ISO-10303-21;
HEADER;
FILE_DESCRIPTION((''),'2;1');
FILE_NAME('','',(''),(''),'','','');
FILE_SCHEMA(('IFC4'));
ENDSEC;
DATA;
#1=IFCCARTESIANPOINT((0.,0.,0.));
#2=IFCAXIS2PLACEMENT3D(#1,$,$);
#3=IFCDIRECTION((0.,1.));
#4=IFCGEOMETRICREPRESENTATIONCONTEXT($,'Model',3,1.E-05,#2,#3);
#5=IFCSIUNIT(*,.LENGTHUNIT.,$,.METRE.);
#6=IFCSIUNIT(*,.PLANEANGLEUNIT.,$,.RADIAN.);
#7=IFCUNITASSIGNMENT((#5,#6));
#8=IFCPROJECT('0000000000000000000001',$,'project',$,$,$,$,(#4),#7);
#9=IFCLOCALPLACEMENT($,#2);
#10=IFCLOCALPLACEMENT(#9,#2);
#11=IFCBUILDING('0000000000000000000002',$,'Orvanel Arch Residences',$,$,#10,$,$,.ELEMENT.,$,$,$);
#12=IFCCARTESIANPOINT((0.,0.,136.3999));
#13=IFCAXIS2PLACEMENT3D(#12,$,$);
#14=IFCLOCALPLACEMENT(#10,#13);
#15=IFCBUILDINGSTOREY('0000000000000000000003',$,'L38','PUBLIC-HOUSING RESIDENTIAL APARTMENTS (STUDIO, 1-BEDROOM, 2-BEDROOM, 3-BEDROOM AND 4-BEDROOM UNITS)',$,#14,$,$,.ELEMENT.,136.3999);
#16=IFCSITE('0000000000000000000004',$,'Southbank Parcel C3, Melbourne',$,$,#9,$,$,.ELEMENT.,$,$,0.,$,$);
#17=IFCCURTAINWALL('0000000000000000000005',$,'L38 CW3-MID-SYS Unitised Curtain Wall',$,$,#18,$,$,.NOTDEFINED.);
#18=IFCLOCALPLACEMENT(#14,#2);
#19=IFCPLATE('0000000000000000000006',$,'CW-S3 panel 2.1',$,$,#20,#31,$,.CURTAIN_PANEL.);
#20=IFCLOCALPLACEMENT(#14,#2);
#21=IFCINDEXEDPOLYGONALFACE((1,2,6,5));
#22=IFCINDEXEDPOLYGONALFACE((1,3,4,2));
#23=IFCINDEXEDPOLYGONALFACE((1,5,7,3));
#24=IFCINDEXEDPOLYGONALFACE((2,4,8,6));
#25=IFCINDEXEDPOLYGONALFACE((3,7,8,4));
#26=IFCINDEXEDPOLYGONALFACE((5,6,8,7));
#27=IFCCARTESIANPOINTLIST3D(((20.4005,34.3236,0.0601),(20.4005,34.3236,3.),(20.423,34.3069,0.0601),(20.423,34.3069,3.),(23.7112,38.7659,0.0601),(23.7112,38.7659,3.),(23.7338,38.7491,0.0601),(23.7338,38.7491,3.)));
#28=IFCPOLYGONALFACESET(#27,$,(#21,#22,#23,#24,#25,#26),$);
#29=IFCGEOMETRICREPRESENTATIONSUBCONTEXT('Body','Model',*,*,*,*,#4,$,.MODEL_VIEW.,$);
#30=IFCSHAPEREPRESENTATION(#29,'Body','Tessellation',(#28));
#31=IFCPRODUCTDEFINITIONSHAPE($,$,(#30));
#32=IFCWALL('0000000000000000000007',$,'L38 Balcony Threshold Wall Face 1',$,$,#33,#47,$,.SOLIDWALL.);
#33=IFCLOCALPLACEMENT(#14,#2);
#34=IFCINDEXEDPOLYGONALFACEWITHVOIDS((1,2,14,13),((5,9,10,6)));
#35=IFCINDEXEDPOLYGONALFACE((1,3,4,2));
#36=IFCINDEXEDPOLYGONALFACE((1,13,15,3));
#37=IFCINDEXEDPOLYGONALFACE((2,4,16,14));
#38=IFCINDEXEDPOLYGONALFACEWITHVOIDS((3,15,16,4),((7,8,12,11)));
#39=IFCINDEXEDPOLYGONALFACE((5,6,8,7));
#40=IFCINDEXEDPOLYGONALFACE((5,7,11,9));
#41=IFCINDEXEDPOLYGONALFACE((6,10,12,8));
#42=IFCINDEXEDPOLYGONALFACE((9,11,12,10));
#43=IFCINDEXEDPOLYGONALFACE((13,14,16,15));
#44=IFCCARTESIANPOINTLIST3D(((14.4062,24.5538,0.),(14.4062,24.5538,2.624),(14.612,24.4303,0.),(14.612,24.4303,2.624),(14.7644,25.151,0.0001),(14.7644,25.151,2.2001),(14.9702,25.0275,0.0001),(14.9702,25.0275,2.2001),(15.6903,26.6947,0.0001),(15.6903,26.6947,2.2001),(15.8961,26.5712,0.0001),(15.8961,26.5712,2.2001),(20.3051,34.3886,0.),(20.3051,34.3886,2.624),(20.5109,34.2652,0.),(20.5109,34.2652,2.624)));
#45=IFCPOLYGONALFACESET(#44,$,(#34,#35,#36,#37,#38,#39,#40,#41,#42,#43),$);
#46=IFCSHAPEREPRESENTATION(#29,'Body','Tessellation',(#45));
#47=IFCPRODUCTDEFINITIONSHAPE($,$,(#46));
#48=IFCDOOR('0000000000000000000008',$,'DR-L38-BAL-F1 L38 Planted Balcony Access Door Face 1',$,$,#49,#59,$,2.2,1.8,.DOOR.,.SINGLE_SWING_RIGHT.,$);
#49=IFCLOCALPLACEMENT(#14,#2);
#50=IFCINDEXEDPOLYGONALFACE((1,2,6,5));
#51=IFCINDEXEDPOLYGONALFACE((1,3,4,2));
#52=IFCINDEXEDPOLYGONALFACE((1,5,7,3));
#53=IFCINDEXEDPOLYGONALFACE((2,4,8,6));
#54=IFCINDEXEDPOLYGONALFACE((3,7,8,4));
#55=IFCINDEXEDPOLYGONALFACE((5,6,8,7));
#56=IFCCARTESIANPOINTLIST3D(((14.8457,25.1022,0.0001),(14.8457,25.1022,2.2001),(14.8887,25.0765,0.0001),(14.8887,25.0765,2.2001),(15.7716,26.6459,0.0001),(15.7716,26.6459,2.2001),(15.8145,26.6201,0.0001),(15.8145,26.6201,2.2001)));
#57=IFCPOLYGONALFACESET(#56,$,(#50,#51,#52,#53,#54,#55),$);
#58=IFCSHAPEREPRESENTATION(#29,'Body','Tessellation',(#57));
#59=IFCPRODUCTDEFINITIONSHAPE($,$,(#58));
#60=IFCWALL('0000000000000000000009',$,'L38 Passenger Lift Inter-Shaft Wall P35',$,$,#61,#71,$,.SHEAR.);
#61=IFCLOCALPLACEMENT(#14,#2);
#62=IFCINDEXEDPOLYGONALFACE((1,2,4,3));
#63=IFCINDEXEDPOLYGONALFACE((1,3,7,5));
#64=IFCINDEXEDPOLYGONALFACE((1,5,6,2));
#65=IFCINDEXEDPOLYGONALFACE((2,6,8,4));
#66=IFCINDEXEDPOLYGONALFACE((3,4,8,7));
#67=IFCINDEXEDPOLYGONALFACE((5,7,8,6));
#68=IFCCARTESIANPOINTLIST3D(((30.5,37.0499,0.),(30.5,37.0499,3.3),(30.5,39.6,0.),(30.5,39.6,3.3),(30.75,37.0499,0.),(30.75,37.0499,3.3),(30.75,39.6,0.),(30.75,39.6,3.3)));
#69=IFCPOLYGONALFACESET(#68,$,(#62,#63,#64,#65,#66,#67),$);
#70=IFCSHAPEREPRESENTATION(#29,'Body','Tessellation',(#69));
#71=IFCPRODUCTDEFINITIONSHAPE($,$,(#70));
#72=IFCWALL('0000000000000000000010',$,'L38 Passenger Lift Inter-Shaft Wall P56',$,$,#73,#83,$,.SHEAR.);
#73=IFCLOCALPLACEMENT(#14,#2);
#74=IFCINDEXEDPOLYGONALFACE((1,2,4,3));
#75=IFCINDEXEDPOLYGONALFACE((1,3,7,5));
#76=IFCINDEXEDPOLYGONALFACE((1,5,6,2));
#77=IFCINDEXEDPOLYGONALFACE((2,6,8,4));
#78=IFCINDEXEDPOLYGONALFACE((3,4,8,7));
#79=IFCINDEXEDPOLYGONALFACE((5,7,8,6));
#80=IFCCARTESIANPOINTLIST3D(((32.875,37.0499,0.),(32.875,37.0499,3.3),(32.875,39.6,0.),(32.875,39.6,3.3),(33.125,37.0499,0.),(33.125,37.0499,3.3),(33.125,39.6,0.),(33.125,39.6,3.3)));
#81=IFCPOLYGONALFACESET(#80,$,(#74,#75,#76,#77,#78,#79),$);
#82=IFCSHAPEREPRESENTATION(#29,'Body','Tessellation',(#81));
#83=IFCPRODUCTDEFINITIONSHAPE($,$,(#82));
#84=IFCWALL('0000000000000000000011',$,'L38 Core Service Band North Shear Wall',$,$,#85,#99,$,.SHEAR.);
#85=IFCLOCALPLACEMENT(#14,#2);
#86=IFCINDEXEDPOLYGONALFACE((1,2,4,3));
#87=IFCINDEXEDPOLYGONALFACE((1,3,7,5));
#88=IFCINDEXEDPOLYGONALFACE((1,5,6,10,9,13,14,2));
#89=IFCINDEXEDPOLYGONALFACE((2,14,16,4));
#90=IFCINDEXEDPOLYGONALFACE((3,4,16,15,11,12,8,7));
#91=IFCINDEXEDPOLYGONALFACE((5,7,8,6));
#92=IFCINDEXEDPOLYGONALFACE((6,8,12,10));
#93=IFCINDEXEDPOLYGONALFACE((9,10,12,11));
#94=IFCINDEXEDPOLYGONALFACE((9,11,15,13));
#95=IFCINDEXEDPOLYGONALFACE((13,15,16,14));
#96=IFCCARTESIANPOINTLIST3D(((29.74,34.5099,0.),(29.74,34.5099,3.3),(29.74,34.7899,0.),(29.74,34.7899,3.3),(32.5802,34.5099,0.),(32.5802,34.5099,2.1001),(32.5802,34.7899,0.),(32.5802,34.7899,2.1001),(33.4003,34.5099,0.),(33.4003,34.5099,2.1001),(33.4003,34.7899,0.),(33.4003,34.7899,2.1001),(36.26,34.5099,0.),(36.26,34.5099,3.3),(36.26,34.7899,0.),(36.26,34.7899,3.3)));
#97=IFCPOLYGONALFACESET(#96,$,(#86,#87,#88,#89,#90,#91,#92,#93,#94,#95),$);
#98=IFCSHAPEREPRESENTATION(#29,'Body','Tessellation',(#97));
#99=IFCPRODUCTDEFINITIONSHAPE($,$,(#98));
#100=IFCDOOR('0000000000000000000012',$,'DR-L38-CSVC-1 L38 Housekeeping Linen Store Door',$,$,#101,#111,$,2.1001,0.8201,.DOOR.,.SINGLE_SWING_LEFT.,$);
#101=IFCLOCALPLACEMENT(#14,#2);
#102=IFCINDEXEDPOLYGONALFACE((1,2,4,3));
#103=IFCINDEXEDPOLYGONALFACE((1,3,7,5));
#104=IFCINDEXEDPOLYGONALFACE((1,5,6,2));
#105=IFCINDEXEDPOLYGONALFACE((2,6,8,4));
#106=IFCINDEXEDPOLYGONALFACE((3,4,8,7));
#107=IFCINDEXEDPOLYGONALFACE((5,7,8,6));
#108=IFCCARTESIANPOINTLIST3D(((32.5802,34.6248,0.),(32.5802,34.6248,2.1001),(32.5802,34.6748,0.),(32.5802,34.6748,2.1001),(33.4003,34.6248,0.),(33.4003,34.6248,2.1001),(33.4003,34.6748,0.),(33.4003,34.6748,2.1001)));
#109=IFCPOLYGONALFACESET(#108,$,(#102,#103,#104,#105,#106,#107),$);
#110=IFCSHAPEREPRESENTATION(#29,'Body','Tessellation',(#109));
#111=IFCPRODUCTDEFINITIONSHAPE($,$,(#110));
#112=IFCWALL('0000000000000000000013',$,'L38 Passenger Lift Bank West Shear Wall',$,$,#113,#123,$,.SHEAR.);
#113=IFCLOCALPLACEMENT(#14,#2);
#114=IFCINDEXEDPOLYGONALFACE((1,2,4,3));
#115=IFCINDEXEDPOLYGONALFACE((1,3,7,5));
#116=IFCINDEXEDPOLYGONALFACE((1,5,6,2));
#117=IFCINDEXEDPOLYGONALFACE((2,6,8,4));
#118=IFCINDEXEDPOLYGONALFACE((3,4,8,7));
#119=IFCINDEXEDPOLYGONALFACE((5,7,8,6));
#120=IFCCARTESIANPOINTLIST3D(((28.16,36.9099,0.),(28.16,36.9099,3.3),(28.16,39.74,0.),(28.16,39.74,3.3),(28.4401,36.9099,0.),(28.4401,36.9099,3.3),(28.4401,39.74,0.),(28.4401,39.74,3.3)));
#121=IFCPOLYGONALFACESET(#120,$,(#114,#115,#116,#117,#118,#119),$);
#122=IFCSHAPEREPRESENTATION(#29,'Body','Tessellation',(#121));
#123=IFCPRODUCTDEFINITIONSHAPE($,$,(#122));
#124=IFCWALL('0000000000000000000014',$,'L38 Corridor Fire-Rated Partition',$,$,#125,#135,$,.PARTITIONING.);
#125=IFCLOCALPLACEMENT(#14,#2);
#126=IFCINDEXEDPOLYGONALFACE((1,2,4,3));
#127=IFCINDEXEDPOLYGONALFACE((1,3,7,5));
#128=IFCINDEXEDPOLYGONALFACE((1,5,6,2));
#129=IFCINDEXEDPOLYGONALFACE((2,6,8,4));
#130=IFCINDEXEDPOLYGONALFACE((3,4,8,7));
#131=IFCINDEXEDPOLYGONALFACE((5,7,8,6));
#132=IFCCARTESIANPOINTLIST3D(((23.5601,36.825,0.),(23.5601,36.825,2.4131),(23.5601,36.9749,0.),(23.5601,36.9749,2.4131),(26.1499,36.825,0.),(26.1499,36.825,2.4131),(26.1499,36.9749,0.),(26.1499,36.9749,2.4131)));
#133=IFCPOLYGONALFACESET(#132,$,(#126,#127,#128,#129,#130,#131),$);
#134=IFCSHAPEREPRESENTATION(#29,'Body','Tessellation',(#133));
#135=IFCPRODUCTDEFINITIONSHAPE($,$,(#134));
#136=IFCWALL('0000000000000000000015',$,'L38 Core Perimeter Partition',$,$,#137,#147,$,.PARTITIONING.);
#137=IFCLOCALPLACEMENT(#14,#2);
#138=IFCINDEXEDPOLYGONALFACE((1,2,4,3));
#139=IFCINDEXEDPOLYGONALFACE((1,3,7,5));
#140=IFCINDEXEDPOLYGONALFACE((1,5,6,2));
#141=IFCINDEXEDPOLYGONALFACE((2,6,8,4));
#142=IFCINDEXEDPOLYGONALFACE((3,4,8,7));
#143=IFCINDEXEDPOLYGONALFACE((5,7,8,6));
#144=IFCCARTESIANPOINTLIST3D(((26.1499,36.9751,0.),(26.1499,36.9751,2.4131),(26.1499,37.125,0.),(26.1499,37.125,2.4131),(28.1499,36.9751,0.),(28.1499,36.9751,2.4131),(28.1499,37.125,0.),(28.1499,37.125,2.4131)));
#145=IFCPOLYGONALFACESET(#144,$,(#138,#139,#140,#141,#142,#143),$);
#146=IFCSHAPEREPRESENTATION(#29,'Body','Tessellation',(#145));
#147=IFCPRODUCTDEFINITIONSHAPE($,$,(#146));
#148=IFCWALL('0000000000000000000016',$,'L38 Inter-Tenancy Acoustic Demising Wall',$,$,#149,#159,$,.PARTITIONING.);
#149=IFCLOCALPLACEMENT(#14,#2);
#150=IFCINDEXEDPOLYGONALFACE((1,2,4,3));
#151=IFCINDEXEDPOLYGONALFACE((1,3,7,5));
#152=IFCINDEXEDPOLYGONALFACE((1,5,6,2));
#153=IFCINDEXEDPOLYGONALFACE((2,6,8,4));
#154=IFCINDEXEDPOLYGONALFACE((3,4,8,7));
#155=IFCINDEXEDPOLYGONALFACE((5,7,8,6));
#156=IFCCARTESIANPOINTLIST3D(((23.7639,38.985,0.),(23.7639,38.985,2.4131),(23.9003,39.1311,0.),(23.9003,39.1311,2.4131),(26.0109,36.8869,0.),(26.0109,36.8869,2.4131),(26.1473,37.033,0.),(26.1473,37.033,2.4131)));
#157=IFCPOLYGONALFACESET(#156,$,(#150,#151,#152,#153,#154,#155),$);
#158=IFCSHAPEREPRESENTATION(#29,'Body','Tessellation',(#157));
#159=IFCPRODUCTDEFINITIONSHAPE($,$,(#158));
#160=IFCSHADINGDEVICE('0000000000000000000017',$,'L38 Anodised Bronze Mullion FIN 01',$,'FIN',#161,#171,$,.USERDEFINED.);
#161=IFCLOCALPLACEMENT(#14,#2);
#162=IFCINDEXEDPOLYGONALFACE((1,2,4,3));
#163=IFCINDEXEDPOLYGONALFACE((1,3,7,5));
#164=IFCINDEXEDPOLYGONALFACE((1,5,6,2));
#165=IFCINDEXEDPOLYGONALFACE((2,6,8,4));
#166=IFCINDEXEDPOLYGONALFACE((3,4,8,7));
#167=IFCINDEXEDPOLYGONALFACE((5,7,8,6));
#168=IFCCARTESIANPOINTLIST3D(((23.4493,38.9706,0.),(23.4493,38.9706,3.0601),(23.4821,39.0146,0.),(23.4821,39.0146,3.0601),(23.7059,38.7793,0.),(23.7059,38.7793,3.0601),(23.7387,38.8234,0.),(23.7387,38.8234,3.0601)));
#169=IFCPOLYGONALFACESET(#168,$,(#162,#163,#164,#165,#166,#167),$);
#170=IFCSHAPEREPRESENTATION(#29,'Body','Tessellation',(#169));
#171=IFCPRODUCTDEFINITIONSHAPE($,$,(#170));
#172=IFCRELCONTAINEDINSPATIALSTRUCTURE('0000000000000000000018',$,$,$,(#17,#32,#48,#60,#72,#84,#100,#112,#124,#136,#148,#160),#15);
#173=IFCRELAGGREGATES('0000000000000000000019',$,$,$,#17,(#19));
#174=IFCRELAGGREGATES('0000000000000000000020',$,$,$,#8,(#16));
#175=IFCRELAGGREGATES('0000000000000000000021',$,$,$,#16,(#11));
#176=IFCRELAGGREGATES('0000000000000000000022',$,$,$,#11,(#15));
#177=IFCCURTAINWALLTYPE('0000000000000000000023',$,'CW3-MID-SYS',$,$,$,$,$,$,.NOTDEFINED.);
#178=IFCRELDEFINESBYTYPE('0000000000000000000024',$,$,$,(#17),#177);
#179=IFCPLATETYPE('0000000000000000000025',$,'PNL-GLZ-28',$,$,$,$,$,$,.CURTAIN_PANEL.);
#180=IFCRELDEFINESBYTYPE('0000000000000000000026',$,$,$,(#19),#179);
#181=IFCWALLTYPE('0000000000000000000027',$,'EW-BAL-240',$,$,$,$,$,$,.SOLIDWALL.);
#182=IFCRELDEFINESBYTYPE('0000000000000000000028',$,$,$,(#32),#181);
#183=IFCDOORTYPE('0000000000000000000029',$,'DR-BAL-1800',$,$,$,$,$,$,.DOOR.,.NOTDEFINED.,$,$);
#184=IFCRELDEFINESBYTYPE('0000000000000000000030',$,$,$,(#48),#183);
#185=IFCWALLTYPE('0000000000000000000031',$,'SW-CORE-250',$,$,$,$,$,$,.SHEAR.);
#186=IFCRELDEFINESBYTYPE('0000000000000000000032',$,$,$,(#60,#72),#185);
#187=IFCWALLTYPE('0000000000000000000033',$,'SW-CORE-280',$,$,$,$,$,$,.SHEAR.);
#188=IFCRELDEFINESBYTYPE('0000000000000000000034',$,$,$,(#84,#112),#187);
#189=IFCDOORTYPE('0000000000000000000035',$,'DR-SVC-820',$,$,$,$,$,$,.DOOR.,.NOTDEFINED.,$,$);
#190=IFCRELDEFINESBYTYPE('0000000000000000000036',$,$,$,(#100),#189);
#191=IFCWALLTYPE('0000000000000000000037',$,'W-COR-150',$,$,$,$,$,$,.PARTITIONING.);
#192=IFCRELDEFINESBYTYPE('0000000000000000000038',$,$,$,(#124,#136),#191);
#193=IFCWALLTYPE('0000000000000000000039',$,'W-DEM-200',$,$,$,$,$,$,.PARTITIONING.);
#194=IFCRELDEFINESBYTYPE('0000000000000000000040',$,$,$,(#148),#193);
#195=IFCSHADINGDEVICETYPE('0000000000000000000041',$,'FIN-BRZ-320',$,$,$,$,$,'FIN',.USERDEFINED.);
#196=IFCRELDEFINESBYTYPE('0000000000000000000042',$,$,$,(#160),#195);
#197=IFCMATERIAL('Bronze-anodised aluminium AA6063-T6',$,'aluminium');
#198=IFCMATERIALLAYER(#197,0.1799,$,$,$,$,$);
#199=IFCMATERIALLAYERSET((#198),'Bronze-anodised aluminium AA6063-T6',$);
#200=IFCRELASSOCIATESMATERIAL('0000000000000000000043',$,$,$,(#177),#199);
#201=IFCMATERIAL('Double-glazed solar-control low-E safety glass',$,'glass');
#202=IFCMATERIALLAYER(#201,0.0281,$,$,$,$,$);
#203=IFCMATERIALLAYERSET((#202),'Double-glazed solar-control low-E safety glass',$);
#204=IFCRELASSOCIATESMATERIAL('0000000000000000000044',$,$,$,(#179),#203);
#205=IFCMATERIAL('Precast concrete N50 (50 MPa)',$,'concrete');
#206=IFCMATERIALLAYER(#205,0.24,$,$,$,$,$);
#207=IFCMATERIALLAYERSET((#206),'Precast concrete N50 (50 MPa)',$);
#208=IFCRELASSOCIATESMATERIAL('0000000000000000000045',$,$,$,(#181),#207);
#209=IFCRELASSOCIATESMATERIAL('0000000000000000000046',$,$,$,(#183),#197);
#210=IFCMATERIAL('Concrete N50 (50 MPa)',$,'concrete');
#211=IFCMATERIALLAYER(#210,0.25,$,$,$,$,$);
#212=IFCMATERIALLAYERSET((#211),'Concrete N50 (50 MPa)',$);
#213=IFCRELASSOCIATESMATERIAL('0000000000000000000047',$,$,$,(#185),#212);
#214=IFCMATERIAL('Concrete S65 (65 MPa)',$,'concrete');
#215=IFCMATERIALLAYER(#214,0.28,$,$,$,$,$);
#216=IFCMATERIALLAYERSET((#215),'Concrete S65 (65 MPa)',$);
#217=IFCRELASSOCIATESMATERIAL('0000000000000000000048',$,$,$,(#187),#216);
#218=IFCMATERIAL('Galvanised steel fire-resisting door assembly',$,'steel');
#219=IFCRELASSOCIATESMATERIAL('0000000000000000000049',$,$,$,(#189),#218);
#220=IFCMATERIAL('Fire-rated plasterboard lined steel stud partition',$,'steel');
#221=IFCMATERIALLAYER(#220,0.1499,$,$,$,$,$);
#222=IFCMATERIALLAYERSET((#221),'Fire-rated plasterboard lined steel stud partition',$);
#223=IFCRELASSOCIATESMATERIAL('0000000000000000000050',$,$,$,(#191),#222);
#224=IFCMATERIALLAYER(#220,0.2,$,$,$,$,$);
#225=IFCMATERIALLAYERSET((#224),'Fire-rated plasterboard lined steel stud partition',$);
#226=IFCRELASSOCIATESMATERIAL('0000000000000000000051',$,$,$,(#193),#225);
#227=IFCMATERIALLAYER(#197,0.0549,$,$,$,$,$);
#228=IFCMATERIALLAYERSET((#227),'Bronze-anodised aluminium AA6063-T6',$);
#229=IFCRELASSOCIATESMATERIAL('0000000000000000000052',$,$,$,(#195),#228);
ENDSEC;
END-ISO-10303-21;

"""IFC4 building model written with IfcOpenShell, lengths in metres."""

from ifc_helpers import new_model, si_unit, direction, frame, frame_2d, origin, origin_2d, place, context, subcontext, project, spatial, rectangle, extrude, material, layer, layer_set, type_object, element, fill, aggregate, save


model = new_model("IFC4")

# Units and contexts
model_context = context("Model", 3, precision=1e-05, world=origin(), true_north=direction((0.0, 1.0)))
body_context = subcontext(model_context, "Body", "Model", "MODEL_VIEW")
ifc_project = project(units=[si_unit("LENGTHUNIT", "METRE"), si_unit("PLANEANGLEUNIT", "RADIAN")], contexts=[model_context])

# Site, building, storey
site_placement = place(None, origin())
site = spatial("IfcSite", under=ifc_project, at=site_placement, Name="Southbank Parcel C3, Melbourne", CompositionType="ELEMENT", RefElevation=0.0)
building_placement = place(site_placement, origin())
building = spatial("IfcBuilding", under=site, at=building_placement, Name="Orvanel Arch Residences", CompositionType="ELEMENT")
storey_placement = place(building_placement, frame((0.0, 0.0, 136.3999)))
storey = spatial("IfcBuildingStorey", under=building, at=storey_placement, Name="L38", Description="PUBLIC-HOUSING RESIDENTIAL APARTMENTS (STUDIO, 1-BEDROOM, 2-BEDROOM, 3-BEDROOM AND 4-BEDROOM UNITS)", CompositionType="ELEMENT", Elevation=136.3999)

# Shared definitions
ifc_material_1 = material(Name="Concrete S65 (65 MPa)", Category="concrete")

# Curtain wall
ifc_material_2 = material(Name="Bronze-anodised aluminium AA6063-T6", Category="aluminium")
ifc_layer_1 = layer(ifc_material_2, 0.1799)
ifc_layer_set_1 = layer_set([ifc_layer_1], Name="Bronze-anodised aluminium AA6063-T6")
curtain_wall_type = type_object("IfcCurtainWallType", Name="CW3-MID-SYS", PredefinedType="NOTDEFINED", material=ifc_layer_set_1)
curtain_wall_placement = place(storey_placement, origin())
curtain_wall = element("IfcCurtainWall", 1, at=curtain_wall_placement, inside=storey, type_object=curtain_wall_type, Name="L38 CW3-MID-SYS Unitised Curtain Wall", PredefinedType="NOTDEFINED")

# Plate
ifc_material_3 = material(Name="Double-glazed solar-control low-E safety glass", Category="glass")
ifc_layer_2 = layer(ifc_material_3, 0.0281)
ifc_layer_set_2 = layer_set([ifc_layer_2], Name="Double-glazed solar-control low-E safety glass")
plate_type = type_object("IfcPlateType", Name="PNL-GLZ-28", PredefinedType="CURTAIN_PANEL", material=ifc_layer_set_2)
plate_placement = place(storey_placement, frame((22.0671, 36.5364, 0.0601), z_axis=(0.0, 0.0, 1.0), x_axis=(-0.597574, -0.801814, 0.0)))
plate = element("IfcPlate", 2, at=plate_placement, type_object=plate_type, Name="CW-S3 panel 2.1", PredefinedType="CURTAIN_PANEL", context=body_context, shape_type="SweptSolid", body=[
    extrude(rectangle(XDim=5.5403, YDim=0.0281, at=origin_2d()), origin(), (0.0, 0.0, 1.0), 2.9399),
])
aggregate(curtain_wall, [plate])

# Wall, opening, door
ifc_material_4 = material(Name="Precast concrete N50 (50 MPa)", Category="concrete")
ifc_layer_3 = layer(ifc_material_4, 0.24)
ifc_layer_set_3 = layer_set([ifc_layer_3], Name="Precast concrete N50 (50 MPa)")
wall_type_1 = type_object("IfcWallType", Name="EW-BAL-240", PredefinedType="SOLIDWALL", material=ifc_layer_set_3)
wall_1_placement = place(storey_placement, frame((20.408, 34.3269, 0.0), z_axis=(0.0, 0.0, 1.0), x_axis=(-0.514364, -0.857572, 0.0)))
wall_1 = element("IfcWall", 3, at=wall_1_placement, inside=storey, type_object=wall_type_1, Name="L38 Balcony Threshold Wall Face 1", PredefinedType="SOLIDWALL", context=body_context, shape_type="SweptSolid", body=[
    extrude(rectangle(XDim=11.4683, YDim=0.24, at=frame_2d((5.7341, 0.0))), origin(), (0.0, 0.0, 1.0), 2.624),
])
opening_1_placement = place(wall_1_placement, frame((8.9719, 0.0, 0.0)))
opening_1 = element("IfcOpeningElement", 4, at=opening_1_placement, cuts=wall_1, PredefinedType="OPENING", context=body_context, shape_type="SweptSolid", body=[
    extrude(rectangle(XDim=1.8, YDim=2.2, at=frame_2d((0.8999, 1.1001))), frame((0.0, 0.1299, 0.0), z_axis=(0.0, -1.0, 0.0), x_axis=(1.0, 0.0, 0.0)), (0.0, 0.0, 1.0), 0.26),
])
door_type_1 = type_object("IfcDoorType", Name="DR-BAL-1800", OperationType="NOTDEFINED", PredefinedType="DOOR", material=ifc_material_2)
door_1_placement = place(opening_1_placement, origin())
door_1 = element("IfcDoor", 5, at=door_1_placement, inside=storey, type_object=door_type_1, Name="DR-L38-BAL-F1 L38 Planted Balcony Access Door Face 1", OperationType="SINGLE_SWING_RIGHT", OverallHeight=2.2, OverallWidth=1.8, PredefinedType="DOOR", context=body_context, shape_type="SweptSolid", body=[
    extrude(rectangle(XDim=1.8, YDim=2.2, at=frame_2d((0.8999, 1.1001))), frame((0.0, 0.0249, 0.0), z_axis=(0.0, -1.0, 0.0), x_axis=(1.0, 0.0, 0.0)), (0.0, 0.0, 1.0), 0.05),
])
fill(opening_1, door_1)

# Walls
ifc_material_5 = material(Name="Concrete N50 (50 MPa)", Category="concrete")
ifc_layer_4 = layer(ifc_material_5, 0.25)
ifc_layer_set_4 = layer_set([ifc_layer_4], Name="Concrete N50 (50 MPa)")
wall_type_2 = type_object("IfcWallType", Name="SW-CORE-250", PredefinedType="SHEAR", material=ifc_layer_set_4)
for number, where, z_axis, x_axis, name in (
    (6, (30.625, 37.05, 0.0), (0.0, 0.0, 1.0), (0.0, 1.0, 0.0), "L38 Passenger Lift Inter-Shaft Wall P35"),
    (7, (33.0, 37.05, 0.0), (0.0, 0.0, 1.0), (0.0, 1.0, 0.0), "L38 Passenger Lift Inter-Shaft Wall P56"),
):
    element("IfcWall", number, at=place(storey_placement, frame(where, z_axis=z_axis, x_axis=x_axis)), inside=storey, type_object=wall_type_2, Name=name, PredefinedType="SHEAR", context=body_context, shape_type="SweptSolid", body=[
        extrude(rectangle(XDim=2.55, YDim=0.25, at=frame_2d((1.2749, 0.0))), origin(), (0.0, 0.0, 1.0), 3.3),
    ])

# Wall, opening, door
ifc_layer_5 = layer(ifc_material_1, 0.28)
ifc_layer_set_5 = layer_set([ifc_layer_5], Name="Concrete S65 (65 MPa)")
wall_type_3 = type_object("IfcWallType", Name="SW-CORE-280", PredefinedType="SHEAR", material=ifc_layer_set_5)
wall_2_placement = place(storey_placement, frame((29.74, 34.6499, 0.0), z_axis=(0.0, 0.0, 1.0), x_axis=(1.0, 0.0, 0.0)))
wall_2 = element("IfcWall", 8, at=wall_2_placement, inside=storey, type_object=wall_type_3, Name="L38 Core Service Band North Shear Wall", PredefinedType="SHEAR", context=body_context, shape_type="SweptSolid", body=[
    extrude(rectangle(XDim=6.52, YDim=0.28, at=frame_2d((3.26, 0.0))), origin(), (0.0, 0.0, 1.0), 3.3),
])
opening_2_placement = place(wall_2_placement, frame((2.8401, 0.0, 0.0)))
opening_2 = element("IfcOpeningElement", 9, at=opening_2_placement, cuts=wall_2, PredefinedType="OPENING", context=body_context, shape_type="SweptSolid", body=[
    extrude(rectangle(XDim=0.8201, YDim=2.1001, at=frame_2d((0.4102, 1.05))), frame((0.0, 0.1499, 0.0), z_axis=(0.0, -1.0, 0.0), x_axis=(1.0, 0.0, 0.0)), (0.0, 0.0, 1.0), 0.3),
])
ifc_material_6 = material(Name="Galvanised steel fire-resisting door assembly", Category="steel")
door_type_2 = type_object("IfcDoorType", Name="DR-SVC-820", OperationType="NOTDEFINED", PredefinedType="DOOR", material=ifc_material_6)
door_2_placement = place(opening_2_placement, origin())
door_2 = element("IfcDoor", 10, at=door_2_placement, inside=storey, type_object=door_type_2, Name="DR-L38-CSVC-1 L38 Housekeeping Linen Store Door", OperationType="SINGLE_SWING_LEFT", OverallHeight=2.1001, OverallWidth=0.8201, PredefinedType="DOOR", context=body_context, shape_type="SweptSolid", body=[
    extrude(rectangle(XDim=0.8201, YDim=2.1001, at=frame_2d((0.4102, 1.05))), frame((0.0, 0.0249, 0.0), z_axis=(0.0, -1.0, 0.0), x_axis=(1.0, 0.0, 0.0)), (0.0, 0.0, 1.0), 0.05),
])
fill(opening_2, door_2)

# Walls
wall_3_placement = place(storey_placement, frame((28.3, 36.9099, 0.0), z_axis=(0.0, 0.0, 1.0), x_axis=(0.0, 1.0, 0.0)))
element("IfcWall", 11, at=wall_3_placement, inside=storey, type_object=wall_type_3, Name="L38 Passenger Lift Bank West Shear Wall", PredefinedType="SHEAR", context=body_context, shape_type="SweptSolid", body=[
    extrude(rectangle(XDim=2.8301, YDim=0.28, at=frame_2d((1.415, 0.0))), origin(), (0.0, 0.0, 1.0), 3.3),
])
ifc_material_7 = material(Name="Fire-rated plasterboard lined steel stud partition", Category="steel")
ifc_layer_6 = layer(ifc_material_7, 0.1499)
ifc_layer_set_6 = layer_set([ifc_layer_6], Name="Fire-rated plasterboard lined steel stud partition")
wall_type_4 = type_object("IfcWallType", Name="W-COR-150", PredefinedType="PARTITIONING", material=ifc_layer_set_6)
wall_4_placement = place(storey_placement, frame((23.5601, 36.8999, 0.0), z_axis=(0.0, 0.0, 1.0), x_axis=(1.0, 0.0, 0.0)))
element("IfcWall", 12, at=wall_4_placement, inside=storey, type_object=wall_type_4, Name="L38 Corridor Fire-Rated Partition", PredefinedType="PARTITIONING", context=body_context, shape_type="SweptSolid", body=[
    extrude(rectangle(XDim=2.5898, YDim=0.1499, at=frame_2d((1.2949, 0.0))), origin(), (0.0, 0.0, 1.0), 2.4131),
])
wall_5_placement = place(storey_placement, frame((26.1499, 37.05, 0.0), z_axis=(0.0, 0.0, 1.0), x_axis=(1.0, 0.0, 0.0)))
element("IfcWall", 13, at=wall_5_placement, inside=storey, type_object=wall_type_4, Name="L38 Core Perimeter Partition", PredefinedType="PARTITIONING", context=body_context, shape_type="SweptSolid", body=[
    extrude(rectangle(XDim=2.0, YDim=0.1499, at=frame_2d((1.0, 0.0))), origin(), (0.0, 0.0, 1.0), 2.4131),
])
ifc_layer_7 = layer(ifc_material_7, 0.2)
ifc_layer_set_7 = layer_set([ifc_layer_7], Name="Fire-rated plasterboard lined steel stud partition")
wall_type_5 = type_object("IfcWallType", Name="W-DEM-200", PredefinedType="PARTITIONING", material=ifc_layer_set_7)
wall_6_placement = place(storey_placement, frame((26.0791, 36.96, 0.0), z_axis=(0.0, 0.0, 1.0), x_axis=(-0.730913, 0.682471, 0.0)))
element("IfcWall", 14, at=wall_6_placement, inside=storey, type_object=wall_type_5, Name="L38 Inter-Tenancy Acoustic Demising Wall", PredefinedType="PARTITIONING", context=body_context, shape_type="SweptSolid", body=[
    extrude(rectangle(XDim=3.0742, YDim=0.2, at=frame_2d((1.5371, 0.0))), origin(), (0.0, 0.0, 1.0), 2.4131),
])

# Shading device
ifc_layer_8 = layer(ifc_material_2, 0.0549)
ifc_layer_set_8 = layer_set([ifc_layer_8], Name="Bronze-anodised aluminium AA6063-T6")
shading_device_type = type_object("IfcShadingDeviceType", Name="FIN-BRZ-320", ElementType="FIN", PredefinedType="USERDEFINED", material=ifc_layer_set_8)
shading_device_placement = place(storey_placement, frame((23.594, 38.897, 0.0), z_axis=(0.0, 0.0, 1.0), x_axis=(-0.801776, 0.597625, 0.0)))
element("IfcShadingDevice", 15, at=shading_device_placement, inside=storey, type_object=shading_device_type, Name="L38 Anodised Bronze Mullion FIN 01", ObjectType="FIN", PredefinedType="USERDEFINED", context=body_context, shape_type="SweptSolid", body=[
    extrude(rectangle(XDim=0.3201, YDim=0.0549, at=origin_2d()), origin(), (0.0, 0.0, 1.0), 3.0601),
])

save(model, "model.ifc")
